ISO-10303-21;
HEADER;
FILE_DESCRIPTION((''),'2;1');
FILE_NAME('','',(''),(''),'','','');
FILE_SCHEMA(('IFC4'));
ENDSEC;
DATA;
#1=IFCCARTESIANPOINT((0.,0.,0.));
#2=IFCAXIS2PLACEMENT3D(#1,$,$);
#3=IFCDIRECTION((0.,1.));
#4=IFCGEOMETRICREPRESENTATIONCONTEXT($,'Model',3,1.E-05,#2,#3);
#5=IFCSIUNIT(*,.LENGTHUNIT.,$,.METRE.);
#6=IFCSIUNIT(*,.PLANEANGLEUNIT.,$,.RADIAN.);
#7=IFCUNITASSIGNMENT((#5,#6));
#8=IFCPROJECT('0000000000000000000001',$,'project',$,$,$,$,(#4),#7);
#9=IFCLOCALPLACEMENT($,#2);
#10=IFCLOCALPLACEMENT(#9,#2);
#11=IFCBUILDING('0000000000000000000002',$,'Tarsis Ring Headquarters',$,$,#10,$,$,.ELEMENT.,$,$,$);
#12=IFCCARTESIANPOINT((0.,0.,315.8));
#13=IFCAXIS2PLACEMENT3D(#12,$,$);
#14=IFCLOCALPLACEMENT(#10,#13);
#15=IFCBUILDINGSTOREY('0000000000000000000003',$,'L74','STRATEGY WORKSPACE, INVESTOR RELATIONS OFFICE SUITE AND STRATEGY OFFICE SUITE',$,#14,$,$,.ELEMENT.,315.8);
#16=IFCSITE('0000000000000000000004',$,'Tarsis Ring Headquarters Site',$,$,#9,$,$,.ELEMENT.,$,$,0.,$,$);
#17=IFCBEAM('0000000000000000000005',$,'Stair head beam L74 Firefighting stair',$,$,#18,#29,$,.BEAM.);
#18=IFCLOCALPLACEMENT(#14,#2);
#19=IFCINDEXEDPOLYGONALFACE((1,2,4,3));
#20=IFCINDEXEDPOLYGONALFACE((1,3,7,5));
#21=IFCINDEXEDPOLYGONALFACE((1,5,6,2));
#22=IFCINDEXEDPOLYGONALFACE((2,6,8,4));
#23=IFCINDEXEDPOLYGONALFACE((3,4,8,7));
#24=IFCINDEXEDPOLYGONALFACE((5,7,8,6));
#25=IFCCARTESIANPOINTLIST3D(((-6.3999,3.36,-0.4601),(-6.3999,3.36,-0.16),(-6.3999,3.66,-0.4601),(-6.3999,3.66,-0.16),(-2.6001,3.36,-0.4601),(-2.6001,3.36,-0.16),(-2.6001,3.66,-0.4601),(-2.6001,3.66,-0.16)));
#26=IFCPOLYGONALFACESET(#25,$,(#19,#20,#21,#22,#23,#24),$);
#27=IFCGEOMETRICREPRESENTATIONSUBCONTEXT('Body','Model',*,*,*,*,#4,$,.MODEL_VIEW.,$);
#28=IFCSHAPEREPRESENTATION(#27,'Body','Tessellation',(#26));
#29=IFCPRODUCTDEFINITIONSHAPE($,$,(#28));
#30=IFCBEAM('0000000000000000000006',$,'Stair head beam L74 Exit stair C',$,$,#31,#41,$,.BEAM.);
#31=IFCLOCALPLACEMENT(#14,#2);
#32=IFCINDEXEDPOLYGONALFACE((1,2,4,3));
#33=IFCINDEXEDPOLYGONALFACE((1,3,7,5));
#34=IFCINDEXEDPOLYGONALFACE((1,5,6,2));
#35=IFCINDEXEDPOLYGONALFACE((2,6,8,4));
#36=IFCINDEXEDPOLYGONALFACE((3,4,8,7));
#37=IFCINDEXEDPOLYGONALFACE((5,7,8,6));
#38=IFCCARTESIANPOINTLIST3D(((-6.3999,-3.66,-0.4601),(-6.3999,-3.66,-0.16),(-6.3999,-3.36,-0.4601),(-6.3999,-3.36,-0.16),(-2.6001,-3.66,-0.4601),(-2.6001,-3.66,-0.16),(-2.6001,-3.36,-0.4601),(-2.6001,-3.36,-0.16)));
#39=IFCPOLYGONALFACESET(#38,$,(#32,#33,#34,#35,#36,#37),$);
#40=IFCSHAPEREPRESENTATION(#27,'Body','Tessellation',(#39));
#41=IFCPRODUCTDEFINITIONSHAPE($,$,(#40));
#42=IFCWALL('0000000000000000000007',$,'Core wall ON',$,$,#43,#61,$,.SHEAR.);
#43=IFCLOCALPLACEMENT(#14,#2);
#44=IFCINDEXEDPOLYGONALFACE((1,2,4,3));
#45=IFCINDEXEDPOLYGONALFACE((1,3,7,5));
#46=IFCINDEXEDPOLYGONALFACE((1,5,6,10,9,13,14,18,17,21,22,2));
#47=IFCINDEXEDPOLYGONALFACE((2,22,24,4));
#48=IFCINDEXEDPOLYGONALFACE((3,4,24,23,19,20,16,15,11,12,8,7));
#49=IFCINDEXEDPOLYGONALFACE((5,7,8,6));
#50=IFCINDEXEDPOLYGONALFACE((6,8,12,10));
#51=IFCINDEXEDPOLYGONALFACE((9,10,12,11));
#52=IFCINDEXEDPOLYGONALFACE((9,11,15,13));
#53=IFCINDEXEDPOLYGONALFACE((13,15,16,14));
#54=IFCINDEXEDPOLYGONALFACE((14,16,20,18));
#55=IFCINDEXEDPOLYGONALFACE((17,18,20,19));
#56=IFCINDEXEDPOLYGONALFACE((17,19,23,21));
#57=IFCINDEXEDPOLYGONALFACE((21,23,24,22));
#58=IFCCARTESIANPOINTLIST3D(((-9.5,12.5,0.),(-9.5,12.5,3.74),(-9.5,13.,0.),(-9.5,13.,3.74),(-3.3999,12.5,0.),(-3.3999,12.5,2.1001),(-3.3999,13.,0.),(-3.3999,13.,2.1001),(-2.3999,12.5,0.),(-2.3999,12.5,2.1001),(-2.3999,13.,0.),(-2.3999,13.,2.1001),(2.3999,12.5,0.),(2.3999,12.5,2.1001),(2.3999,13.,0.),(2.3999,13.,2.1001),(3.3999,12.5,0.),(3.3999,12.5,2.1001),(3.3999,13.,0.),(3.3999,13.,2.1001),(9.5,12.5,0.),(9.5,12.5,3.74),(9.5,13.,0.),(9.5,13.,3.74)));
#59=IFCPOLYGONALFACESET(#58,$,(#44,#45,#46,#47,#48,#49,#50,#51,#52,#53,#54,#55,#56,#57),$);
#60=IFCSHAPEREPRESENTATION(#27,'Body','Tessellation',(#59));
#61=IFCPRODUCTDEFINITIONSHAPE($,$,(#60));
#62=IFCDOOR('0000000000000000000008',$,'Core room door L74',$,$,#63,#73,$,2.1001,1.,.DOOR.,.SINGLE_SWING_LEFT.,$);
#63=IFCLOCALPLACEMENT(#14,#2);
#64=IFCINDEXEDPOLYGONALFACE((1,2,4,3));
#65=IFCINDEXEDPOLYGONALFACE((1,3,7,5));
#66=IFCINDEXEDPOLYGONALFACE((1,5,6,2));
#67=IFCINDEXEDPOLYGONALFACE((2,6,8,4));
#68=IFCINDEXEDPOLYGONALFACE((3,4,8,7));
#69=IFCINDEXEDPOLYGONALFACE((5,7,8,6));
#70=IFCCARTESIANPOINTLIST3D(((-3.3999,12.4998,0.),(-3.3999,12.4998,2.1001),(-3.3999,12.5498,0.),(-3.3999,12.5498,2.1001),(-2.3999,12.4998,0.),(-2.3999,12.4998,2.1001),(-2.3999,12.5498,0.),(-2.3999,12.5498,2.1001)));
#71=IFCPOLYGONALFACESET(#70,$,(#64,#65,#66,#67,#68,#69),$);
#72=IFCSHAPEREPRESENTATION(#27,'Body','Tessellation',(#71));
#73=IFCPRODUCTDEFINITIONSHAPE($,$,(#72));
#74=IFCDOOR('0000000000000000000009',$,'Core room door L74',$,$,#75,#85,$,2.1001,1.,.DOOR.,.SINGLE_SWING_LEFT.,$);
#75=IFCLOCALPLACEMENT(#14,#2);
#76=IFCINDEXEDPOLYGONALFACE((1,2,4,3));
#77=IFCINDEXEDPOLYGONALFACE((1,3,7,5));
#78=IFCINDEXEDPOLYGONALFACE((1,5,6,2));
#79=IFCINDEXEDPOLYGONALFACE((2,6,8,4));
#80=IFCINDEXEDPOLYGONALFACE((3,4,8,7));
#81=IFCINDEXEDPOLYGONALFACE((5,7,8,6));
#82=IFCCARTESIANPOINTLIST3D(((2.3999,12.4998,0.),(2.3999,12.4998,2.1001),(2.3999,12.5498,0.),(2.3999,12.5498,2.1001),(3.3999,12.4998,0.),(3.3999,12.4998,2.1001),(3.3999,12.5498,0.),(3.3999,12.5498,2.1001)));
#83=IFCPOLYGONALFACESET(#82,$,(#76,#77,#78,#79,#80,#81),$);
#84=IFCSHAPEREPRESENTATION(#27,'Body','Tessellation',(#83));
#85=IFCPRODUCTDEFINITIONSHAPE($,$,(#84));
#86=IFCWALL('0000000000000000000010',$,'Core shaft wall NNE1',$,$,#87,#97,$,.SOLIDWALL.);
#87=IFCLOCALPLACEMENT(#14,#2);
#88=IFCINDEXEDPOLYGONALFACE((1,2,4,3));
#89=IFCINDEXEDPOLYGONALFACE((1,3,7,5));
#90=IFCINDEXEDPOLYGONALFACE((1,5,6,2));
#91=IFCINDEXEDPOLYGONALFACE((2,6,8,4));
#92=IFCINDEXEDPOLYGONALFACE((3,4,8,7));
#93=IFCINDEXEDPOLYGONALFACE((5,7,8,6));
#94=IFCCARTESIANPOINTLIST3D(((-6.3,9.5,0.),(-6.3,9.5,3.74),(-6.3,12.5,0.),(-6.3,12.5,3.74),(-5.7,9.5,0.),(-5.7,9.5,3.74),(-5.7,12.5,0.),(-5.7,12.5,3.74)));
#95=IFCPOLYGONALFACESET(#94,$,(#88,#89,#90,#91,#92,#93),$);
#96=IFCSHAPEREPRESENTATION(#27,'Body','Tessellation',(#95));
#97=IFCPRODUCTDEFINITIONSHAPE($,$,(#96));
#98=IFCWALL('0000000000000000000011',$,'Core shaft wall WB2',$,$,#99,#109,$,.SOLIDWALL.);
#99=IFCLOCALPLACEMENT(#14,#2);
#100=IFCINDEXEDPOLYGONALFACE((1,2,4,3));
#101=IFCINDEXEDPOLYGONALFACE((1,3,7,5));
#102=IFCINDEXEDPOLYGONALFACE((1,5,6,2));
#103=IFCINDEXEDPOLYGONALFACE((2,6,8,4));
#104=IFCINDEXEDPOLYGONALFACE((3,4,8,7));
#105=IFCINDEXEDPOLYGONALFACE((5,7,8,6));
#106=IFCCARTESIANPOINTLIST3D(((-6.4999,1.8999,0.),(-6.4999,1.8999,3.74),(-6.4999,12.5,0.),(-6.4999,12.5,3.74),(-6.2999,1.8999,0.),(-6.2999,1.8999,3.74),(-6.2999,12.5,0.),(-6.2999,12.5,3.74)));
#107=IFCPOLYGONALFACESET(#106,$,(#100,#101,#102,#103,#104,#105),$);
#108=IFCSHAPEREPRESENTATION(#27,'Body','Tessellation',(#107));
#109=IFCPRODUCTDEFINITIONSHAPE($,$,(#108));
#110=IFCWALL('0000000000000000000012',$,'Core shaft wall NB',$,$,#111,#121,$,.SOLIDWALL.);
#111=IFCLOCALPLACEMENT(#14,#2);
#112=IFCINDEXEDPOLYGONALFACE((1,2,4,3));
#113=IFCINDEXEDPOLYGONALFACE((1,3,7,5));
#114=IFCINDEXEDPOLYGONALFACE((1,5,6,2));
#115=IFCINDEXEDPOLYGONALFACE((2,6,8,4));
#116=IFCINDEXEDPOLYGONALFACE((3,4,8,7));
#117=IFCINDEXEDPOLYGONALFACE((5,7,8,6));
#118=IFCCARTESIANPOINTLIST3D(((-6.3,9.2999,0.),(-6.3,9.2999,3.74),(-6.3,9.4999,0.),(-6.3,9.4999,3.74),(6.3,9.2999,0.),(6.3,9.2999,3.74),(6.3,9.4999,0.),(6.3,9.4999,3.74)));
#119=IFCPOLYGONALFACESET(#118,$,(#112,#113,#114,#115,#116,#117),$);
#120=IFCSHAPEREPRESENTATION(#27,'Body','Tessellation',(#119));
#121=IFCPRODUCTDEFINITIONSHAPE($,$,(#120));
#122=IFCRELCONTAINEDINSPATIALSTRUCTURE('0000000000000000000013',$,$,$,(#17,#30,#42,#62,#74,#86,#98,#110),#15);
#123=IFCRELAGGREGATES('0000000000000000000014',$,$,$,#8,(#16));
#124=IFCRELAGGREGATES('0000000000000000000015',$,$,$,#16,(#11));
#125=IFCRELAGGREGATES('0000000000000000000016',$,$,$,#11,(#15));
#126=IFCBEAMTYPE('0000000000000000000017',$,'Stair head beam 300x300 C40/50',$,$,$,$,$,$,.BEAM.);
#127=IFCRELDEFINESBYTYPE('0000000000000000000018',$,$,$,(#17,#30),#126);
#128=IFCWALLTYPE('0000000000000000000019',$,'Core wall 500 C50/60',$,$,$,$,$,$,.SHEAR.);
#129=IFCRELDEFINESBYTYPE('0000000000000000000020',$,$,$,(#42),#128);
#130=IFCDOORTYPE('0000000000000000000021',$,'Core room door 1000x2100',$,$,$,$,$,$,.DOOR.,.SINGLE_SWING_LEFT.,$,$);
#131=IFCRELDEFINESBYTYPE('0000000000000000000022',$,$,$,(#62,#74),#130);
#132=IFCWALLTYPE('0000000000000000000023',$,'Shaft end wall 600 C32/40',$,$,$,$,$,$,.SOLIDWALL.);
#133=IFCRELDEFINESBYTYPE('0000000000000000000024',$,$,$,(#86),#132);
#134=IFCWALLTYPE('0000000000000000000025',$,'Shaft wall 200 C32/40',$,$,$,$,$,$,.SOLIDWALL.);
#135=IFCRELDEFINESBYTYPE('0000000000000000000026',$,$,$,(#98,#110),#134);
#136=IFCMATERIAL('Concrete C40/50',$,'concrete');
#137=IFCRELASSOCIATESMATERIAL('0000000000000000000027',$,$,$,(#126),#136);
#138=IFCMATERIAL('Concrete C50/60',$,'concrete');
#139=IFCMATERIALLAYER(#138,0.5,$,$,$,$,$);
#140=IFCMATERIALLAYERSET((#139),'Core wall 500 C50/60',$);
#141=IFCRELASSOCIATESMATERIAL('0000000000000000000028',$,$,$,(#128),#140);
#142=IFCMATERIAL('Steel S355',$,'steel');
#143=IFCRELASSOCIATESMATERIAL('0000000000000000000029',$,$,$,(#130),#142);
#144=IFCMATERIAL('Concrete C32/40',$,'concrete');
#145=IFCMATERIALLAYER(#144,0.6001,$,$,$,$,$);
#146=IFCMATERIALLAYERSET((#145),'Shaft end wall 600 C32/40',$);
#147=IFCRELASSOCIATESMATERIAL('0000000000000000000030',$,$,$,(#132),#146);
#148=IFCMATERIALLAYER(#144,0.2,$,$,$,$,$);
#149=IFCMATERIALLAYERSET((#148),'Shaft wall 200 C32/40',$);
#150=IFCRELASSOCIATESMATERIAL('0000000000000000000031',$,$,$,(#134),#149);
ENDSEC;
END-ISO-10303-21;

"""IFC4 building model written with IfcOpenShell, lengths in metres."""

from ifc_helpers import new_model, si_unit, direction, frame, frame_2d, origin, origin_2d, place, context, subcontext, project, spatial, rectangle, extrude, material, layer, layer_set, material_profile, profile_set, type_object, element, fill, save


model = new_model("IFC4")

# Units and contexts
model_context = context("Model", 3, precision=1e-05, world=origin(), true_north=direction((0.0, 1.0)))
body_context = subcontext(model_context, "Body", "Model", "MODEL_VIEW")
ifc_project = project(units=[si_unit("LENGTHUNIT", "METRE"), si_unit("PLANEANGLEUNIT", "RADIAN")], contexts=[model_context])

# Site, building, storey
site_placement = place(None, origin())
site = spatial("IfcSite", under=ifc_project, at=site_placement, Name="Tarsis Ring Headquarters Site", CompositionType="ELEMENT", RefElevation=0.0)
building_placement = place(site_placement, origin())
building = spatial("IfcBuilding", under=site, at=building_placement, Name="Tarsis Ring Headquarters", CompositionType="ELEMENT")
storey_placement = place(building_placement, frame((0.0, 0.0, 315.8)))
storey = spatial("IfcBuildingStorey", under=building, at=storey_placement, Name="L74", Description="STRATEGY WORKSPACE, INVESTOR RELATIONS OFFICE SUITE AND STRATEGY OFFICE SUITE", CompositionType="ELEMENT", Elevation=315.8)

# Beams
ifc_material_1 = material(Name="Concrete C40/50", Category="concrete")
ifc_material_profile = material_profile(ifc_material_1, rectangle(XDim=0.3, YDim=0.3, at=origin_2d()), Name="Stair head beam 300x300 C40/50")
ifc_profile_set = profile_set([ifc_material_profile], Name="Concrete C40/50")
beam_type = type_object("IfcBeamType", Name="Stair head beam 300x300 C40/50", PredefinedType="BEAM", material=ifc_profile_set)
for number, where, z_axis, x_axis, name in (
    (1, (-6.3999, 3.51, -0.3101), (1.0, 0.0, 0.0), (0.0, 1.0, 0.0), "Stair head beam L74 Firefighting stair"),
    (2, (-6.3999, -3.51, -0.3101), (1.0, 0.0, 0.0), (0.0, 1.0, 0.0), "Stair head beam L74 Exit stair C"),
):
    element("IfcBeam", number, at=place(storey_placement, frame(where, z_axis=z_axis, x_axis=x_axis)), inside=storey, type_object=beam_type, Name=name, PredefinedType="BEAM", context=body_context, shape_type="SweptSolid", body=[
        extrude(rectangle(XDim=0.3, YDim=0.3, at=origin_2d()), origin(), (0.0, 0.0, 1.0), 3.7998),
    ])

# Wall, openings, doors
ifc_material_2 = material(Name="Concrete C50/60", Category="concrete")
ifc_layer_1 = layer(ifc_material_2, 0.5)
ifc_layer_set_1 = layer_set([ifc_layer_1], Name="Core wall 500 C50/60")
wall_type_1 = type_object("IfcWallType", Name="Core wall 500 C50/60", PredefinedType="SHEAR", material=ifc_layer_set_1)
wall_1_placement = place(storey_placement, frame((-9.5, 12.75, 0.0), z_axis=(0.0, 0.0, 1.0), x_axis=(1.0, 0.0, 0.0)))
wall_1 = element("IfcWall", 3, at=wall_1_placement, inside=storey, type_object=wall_type_1, Name="Core wall ON", PredefinedType="SHEAR", context=body_context, shape_type="SweptSolid", body=[
    extrude(rectangle(XDim=19.0, YDim=0.5, at=frame_2d((9.5, 0.0))), origin(), (0.0, 0.0, 1.0), 3.74),
])
opening_1_placement = place(wall_1_placement, frame((6.1001, 0.0, 0.0)))
opening_1 = element("IfcOpeningElement", 4, at=opening_1_placement, cuts=wall_1, PredefinedType="OPENING", context=body_context, shape_type="SweptSolid", body=[
    extrude(rectangle(XDim=1.0, YDim=2.1001, at=frame_2d((0.5, 1.05))), frame((0.0, 0.26, 0.0), z_axis=(0.0, -1.0, 0.0), x_axis=(1.0, 0.0, 0.0)), (0.0, 0.0, 1.0), 0.52),
])
opening_2_placement = place(wall_1_placement, frame((11.8999, 0.0, 0.0)))
opening_2 = element("IfcOpeningElement", 5, at=opening_2_placement, cuts=wall_1, PredefinedType="OPENING", context=body_context, shape_type="SweptSolid", body=[
    extrude(rectangle(XDim=1.0, YDim=2.1001, at=frame_2d((0.5, 1.05))), frame((0.0, 0.26, 0.0), z_axis=(0.0, -1.0, 0.0), x_axis=(1.0, 0.0, 0.0)), (0.0, 0.0, 1.0), 0.52),
])
ifc_material_3 = material(Name="Steel S355", Category="steel")
door_type = type_object("IfcDoorType", Name="Core room door 1000x2100", OperationType="SINGLE_SWING_LEFT", PredefinedType="DOOR", material=ifc_material_3)
door_1_placement = place(opening_1_placement, origin())
door_1 = element("IfcDoor", 6, at=door_1_placement, inside=storey, type_object=door_type, Name="Core room door L74", OperationType="SINGLE_SWING_LEFT", OverallHeight=2.1001, OverallWidth=1.0, PredefinedType="DOOR", context=body_context, shape_type="SweptSolid", body=[
    extrude(rectangle(XDim=1.0, YDim=2.1001, at=frame_2d((0.5, 1.05))), frame((0.0, -0.2002, 0.0), z_axis=(0.0, -1.0, 0.0), x_axis=(1.0, 0.0, 0.0)), (0.0, 0.0, 1.0), 0.05),
])
fill(opening_1, door_1)
door_2_placement = place(opening_2_placement, origin())
door_2 = element("IfcDoor", 7, at=door_2_placement, inside=storey, type_object=door_type, Name="Core room door L74", OperationType="SINGLE_SWING_LEFT", OverallHeight=2.1001, OverallWidth=1.0, PredefinedType="DOOR", context=body_context, shape_type="SweptSolid", body=[
    extrude(rectangle(XDim=1.0, YDim=2.1001, at=frame_2d((0.5, 1.05))), frame((0.0, -0.2002, 0.0), z_axis=(0.0, -1.0, 0.0), x_axis=(1.0, 0.0, 0.0)), (0.0, 0.0, 1.0), 0.05),
])
fill(opening_2, door_2)

# Walls
ifc_material_4 = material(Name="Concrete C32/40", Category="concrete")
ifc_layer_2 = layer(ifc_material_4, 0.6001)
ifc_layer_set_2 = layer_set([ifc_layer_2], Name="Shaft end wall 600 C32/40")
wall_type_2 = type_object("IfcWallType", Name="Shaft end wall 600 C32/40", PredefinedType="SOLIDWALL", material=ifc_layer_set_2)
wall_2_placement = place(storey_placement, frame((-6.0, 9.5, 0.0), z_axis=(0.0, 0.0, 1.0), x_axis=(0.0, 1.0, 0.0)))
element("IfcWall", 8, at=wall_2_placement, inside=storey, type_object=wall_type_2, Name="Core shaft wall NNE1", PredefinedType="SOLIDWALL", context=body_context, shape_type="SweptSolid", body=[
    extrude(rectangle(XDim=3.0, YDim=0.6001, at=frame_2d((1.5, 0.0))), origin(), (0.0, 0.0, 1.0), 3.74),
])
ifc_layer_3 = layer(ifc_material_4, 0.2)
ifc_layer_set_3 = layer_set([ifc_layer_3], Name="Shaft wall 200 C32/40")
wall_type_3 = type_object("IfcWallType", Name="Shaft wall 200 C32/40", PredefinedType="SOLIDWALL", material=ifc_layer_set_3)
wall_3_placement = place(storey_placement, frame((-6.3999, 1.8999, 0.0), z_axis=(0.0, 0.0, 1.0), x_axis=(0.0, 1.0, 0.0)))
element("IfcWall", 9, at=wall_3_placement, inside=storey, type_object=wall_type_3, Name="Core shaft wall WB2", PredefinedType="SOLIDWALL", context=body_context, shape_type="SweptSolid", body=[
    extrude(rectangle(XDim=10.6001, YDim=0.2, at=frame_2d((5.3, 0.0))), origin(), (0.0, 0.0, 1.0), 3.74),
])
wall_4_placement = place(storey_placement, frame((-6.3, 9.3999, 0.0), z_axis=(0.0, 0.0, 1.0), x_axis=(1.0, 0.0, 0.0)))
element("IfcWall", 10, at=wall_4_placement, inside=storey, type_object=wall_type_3, Name="Core shaft wall NB", PredefinedType="SOLIDWALL", context=body_context, shape_type="SweptSolid", body=[
    extrude(rectangle(XDim=12.6001, YDim=0.2, at=frame_2d((6.3, 0.0))), origin(), (0.0, 0.0, 1.0), 3.74),
])

save(model, "model.ifc")
